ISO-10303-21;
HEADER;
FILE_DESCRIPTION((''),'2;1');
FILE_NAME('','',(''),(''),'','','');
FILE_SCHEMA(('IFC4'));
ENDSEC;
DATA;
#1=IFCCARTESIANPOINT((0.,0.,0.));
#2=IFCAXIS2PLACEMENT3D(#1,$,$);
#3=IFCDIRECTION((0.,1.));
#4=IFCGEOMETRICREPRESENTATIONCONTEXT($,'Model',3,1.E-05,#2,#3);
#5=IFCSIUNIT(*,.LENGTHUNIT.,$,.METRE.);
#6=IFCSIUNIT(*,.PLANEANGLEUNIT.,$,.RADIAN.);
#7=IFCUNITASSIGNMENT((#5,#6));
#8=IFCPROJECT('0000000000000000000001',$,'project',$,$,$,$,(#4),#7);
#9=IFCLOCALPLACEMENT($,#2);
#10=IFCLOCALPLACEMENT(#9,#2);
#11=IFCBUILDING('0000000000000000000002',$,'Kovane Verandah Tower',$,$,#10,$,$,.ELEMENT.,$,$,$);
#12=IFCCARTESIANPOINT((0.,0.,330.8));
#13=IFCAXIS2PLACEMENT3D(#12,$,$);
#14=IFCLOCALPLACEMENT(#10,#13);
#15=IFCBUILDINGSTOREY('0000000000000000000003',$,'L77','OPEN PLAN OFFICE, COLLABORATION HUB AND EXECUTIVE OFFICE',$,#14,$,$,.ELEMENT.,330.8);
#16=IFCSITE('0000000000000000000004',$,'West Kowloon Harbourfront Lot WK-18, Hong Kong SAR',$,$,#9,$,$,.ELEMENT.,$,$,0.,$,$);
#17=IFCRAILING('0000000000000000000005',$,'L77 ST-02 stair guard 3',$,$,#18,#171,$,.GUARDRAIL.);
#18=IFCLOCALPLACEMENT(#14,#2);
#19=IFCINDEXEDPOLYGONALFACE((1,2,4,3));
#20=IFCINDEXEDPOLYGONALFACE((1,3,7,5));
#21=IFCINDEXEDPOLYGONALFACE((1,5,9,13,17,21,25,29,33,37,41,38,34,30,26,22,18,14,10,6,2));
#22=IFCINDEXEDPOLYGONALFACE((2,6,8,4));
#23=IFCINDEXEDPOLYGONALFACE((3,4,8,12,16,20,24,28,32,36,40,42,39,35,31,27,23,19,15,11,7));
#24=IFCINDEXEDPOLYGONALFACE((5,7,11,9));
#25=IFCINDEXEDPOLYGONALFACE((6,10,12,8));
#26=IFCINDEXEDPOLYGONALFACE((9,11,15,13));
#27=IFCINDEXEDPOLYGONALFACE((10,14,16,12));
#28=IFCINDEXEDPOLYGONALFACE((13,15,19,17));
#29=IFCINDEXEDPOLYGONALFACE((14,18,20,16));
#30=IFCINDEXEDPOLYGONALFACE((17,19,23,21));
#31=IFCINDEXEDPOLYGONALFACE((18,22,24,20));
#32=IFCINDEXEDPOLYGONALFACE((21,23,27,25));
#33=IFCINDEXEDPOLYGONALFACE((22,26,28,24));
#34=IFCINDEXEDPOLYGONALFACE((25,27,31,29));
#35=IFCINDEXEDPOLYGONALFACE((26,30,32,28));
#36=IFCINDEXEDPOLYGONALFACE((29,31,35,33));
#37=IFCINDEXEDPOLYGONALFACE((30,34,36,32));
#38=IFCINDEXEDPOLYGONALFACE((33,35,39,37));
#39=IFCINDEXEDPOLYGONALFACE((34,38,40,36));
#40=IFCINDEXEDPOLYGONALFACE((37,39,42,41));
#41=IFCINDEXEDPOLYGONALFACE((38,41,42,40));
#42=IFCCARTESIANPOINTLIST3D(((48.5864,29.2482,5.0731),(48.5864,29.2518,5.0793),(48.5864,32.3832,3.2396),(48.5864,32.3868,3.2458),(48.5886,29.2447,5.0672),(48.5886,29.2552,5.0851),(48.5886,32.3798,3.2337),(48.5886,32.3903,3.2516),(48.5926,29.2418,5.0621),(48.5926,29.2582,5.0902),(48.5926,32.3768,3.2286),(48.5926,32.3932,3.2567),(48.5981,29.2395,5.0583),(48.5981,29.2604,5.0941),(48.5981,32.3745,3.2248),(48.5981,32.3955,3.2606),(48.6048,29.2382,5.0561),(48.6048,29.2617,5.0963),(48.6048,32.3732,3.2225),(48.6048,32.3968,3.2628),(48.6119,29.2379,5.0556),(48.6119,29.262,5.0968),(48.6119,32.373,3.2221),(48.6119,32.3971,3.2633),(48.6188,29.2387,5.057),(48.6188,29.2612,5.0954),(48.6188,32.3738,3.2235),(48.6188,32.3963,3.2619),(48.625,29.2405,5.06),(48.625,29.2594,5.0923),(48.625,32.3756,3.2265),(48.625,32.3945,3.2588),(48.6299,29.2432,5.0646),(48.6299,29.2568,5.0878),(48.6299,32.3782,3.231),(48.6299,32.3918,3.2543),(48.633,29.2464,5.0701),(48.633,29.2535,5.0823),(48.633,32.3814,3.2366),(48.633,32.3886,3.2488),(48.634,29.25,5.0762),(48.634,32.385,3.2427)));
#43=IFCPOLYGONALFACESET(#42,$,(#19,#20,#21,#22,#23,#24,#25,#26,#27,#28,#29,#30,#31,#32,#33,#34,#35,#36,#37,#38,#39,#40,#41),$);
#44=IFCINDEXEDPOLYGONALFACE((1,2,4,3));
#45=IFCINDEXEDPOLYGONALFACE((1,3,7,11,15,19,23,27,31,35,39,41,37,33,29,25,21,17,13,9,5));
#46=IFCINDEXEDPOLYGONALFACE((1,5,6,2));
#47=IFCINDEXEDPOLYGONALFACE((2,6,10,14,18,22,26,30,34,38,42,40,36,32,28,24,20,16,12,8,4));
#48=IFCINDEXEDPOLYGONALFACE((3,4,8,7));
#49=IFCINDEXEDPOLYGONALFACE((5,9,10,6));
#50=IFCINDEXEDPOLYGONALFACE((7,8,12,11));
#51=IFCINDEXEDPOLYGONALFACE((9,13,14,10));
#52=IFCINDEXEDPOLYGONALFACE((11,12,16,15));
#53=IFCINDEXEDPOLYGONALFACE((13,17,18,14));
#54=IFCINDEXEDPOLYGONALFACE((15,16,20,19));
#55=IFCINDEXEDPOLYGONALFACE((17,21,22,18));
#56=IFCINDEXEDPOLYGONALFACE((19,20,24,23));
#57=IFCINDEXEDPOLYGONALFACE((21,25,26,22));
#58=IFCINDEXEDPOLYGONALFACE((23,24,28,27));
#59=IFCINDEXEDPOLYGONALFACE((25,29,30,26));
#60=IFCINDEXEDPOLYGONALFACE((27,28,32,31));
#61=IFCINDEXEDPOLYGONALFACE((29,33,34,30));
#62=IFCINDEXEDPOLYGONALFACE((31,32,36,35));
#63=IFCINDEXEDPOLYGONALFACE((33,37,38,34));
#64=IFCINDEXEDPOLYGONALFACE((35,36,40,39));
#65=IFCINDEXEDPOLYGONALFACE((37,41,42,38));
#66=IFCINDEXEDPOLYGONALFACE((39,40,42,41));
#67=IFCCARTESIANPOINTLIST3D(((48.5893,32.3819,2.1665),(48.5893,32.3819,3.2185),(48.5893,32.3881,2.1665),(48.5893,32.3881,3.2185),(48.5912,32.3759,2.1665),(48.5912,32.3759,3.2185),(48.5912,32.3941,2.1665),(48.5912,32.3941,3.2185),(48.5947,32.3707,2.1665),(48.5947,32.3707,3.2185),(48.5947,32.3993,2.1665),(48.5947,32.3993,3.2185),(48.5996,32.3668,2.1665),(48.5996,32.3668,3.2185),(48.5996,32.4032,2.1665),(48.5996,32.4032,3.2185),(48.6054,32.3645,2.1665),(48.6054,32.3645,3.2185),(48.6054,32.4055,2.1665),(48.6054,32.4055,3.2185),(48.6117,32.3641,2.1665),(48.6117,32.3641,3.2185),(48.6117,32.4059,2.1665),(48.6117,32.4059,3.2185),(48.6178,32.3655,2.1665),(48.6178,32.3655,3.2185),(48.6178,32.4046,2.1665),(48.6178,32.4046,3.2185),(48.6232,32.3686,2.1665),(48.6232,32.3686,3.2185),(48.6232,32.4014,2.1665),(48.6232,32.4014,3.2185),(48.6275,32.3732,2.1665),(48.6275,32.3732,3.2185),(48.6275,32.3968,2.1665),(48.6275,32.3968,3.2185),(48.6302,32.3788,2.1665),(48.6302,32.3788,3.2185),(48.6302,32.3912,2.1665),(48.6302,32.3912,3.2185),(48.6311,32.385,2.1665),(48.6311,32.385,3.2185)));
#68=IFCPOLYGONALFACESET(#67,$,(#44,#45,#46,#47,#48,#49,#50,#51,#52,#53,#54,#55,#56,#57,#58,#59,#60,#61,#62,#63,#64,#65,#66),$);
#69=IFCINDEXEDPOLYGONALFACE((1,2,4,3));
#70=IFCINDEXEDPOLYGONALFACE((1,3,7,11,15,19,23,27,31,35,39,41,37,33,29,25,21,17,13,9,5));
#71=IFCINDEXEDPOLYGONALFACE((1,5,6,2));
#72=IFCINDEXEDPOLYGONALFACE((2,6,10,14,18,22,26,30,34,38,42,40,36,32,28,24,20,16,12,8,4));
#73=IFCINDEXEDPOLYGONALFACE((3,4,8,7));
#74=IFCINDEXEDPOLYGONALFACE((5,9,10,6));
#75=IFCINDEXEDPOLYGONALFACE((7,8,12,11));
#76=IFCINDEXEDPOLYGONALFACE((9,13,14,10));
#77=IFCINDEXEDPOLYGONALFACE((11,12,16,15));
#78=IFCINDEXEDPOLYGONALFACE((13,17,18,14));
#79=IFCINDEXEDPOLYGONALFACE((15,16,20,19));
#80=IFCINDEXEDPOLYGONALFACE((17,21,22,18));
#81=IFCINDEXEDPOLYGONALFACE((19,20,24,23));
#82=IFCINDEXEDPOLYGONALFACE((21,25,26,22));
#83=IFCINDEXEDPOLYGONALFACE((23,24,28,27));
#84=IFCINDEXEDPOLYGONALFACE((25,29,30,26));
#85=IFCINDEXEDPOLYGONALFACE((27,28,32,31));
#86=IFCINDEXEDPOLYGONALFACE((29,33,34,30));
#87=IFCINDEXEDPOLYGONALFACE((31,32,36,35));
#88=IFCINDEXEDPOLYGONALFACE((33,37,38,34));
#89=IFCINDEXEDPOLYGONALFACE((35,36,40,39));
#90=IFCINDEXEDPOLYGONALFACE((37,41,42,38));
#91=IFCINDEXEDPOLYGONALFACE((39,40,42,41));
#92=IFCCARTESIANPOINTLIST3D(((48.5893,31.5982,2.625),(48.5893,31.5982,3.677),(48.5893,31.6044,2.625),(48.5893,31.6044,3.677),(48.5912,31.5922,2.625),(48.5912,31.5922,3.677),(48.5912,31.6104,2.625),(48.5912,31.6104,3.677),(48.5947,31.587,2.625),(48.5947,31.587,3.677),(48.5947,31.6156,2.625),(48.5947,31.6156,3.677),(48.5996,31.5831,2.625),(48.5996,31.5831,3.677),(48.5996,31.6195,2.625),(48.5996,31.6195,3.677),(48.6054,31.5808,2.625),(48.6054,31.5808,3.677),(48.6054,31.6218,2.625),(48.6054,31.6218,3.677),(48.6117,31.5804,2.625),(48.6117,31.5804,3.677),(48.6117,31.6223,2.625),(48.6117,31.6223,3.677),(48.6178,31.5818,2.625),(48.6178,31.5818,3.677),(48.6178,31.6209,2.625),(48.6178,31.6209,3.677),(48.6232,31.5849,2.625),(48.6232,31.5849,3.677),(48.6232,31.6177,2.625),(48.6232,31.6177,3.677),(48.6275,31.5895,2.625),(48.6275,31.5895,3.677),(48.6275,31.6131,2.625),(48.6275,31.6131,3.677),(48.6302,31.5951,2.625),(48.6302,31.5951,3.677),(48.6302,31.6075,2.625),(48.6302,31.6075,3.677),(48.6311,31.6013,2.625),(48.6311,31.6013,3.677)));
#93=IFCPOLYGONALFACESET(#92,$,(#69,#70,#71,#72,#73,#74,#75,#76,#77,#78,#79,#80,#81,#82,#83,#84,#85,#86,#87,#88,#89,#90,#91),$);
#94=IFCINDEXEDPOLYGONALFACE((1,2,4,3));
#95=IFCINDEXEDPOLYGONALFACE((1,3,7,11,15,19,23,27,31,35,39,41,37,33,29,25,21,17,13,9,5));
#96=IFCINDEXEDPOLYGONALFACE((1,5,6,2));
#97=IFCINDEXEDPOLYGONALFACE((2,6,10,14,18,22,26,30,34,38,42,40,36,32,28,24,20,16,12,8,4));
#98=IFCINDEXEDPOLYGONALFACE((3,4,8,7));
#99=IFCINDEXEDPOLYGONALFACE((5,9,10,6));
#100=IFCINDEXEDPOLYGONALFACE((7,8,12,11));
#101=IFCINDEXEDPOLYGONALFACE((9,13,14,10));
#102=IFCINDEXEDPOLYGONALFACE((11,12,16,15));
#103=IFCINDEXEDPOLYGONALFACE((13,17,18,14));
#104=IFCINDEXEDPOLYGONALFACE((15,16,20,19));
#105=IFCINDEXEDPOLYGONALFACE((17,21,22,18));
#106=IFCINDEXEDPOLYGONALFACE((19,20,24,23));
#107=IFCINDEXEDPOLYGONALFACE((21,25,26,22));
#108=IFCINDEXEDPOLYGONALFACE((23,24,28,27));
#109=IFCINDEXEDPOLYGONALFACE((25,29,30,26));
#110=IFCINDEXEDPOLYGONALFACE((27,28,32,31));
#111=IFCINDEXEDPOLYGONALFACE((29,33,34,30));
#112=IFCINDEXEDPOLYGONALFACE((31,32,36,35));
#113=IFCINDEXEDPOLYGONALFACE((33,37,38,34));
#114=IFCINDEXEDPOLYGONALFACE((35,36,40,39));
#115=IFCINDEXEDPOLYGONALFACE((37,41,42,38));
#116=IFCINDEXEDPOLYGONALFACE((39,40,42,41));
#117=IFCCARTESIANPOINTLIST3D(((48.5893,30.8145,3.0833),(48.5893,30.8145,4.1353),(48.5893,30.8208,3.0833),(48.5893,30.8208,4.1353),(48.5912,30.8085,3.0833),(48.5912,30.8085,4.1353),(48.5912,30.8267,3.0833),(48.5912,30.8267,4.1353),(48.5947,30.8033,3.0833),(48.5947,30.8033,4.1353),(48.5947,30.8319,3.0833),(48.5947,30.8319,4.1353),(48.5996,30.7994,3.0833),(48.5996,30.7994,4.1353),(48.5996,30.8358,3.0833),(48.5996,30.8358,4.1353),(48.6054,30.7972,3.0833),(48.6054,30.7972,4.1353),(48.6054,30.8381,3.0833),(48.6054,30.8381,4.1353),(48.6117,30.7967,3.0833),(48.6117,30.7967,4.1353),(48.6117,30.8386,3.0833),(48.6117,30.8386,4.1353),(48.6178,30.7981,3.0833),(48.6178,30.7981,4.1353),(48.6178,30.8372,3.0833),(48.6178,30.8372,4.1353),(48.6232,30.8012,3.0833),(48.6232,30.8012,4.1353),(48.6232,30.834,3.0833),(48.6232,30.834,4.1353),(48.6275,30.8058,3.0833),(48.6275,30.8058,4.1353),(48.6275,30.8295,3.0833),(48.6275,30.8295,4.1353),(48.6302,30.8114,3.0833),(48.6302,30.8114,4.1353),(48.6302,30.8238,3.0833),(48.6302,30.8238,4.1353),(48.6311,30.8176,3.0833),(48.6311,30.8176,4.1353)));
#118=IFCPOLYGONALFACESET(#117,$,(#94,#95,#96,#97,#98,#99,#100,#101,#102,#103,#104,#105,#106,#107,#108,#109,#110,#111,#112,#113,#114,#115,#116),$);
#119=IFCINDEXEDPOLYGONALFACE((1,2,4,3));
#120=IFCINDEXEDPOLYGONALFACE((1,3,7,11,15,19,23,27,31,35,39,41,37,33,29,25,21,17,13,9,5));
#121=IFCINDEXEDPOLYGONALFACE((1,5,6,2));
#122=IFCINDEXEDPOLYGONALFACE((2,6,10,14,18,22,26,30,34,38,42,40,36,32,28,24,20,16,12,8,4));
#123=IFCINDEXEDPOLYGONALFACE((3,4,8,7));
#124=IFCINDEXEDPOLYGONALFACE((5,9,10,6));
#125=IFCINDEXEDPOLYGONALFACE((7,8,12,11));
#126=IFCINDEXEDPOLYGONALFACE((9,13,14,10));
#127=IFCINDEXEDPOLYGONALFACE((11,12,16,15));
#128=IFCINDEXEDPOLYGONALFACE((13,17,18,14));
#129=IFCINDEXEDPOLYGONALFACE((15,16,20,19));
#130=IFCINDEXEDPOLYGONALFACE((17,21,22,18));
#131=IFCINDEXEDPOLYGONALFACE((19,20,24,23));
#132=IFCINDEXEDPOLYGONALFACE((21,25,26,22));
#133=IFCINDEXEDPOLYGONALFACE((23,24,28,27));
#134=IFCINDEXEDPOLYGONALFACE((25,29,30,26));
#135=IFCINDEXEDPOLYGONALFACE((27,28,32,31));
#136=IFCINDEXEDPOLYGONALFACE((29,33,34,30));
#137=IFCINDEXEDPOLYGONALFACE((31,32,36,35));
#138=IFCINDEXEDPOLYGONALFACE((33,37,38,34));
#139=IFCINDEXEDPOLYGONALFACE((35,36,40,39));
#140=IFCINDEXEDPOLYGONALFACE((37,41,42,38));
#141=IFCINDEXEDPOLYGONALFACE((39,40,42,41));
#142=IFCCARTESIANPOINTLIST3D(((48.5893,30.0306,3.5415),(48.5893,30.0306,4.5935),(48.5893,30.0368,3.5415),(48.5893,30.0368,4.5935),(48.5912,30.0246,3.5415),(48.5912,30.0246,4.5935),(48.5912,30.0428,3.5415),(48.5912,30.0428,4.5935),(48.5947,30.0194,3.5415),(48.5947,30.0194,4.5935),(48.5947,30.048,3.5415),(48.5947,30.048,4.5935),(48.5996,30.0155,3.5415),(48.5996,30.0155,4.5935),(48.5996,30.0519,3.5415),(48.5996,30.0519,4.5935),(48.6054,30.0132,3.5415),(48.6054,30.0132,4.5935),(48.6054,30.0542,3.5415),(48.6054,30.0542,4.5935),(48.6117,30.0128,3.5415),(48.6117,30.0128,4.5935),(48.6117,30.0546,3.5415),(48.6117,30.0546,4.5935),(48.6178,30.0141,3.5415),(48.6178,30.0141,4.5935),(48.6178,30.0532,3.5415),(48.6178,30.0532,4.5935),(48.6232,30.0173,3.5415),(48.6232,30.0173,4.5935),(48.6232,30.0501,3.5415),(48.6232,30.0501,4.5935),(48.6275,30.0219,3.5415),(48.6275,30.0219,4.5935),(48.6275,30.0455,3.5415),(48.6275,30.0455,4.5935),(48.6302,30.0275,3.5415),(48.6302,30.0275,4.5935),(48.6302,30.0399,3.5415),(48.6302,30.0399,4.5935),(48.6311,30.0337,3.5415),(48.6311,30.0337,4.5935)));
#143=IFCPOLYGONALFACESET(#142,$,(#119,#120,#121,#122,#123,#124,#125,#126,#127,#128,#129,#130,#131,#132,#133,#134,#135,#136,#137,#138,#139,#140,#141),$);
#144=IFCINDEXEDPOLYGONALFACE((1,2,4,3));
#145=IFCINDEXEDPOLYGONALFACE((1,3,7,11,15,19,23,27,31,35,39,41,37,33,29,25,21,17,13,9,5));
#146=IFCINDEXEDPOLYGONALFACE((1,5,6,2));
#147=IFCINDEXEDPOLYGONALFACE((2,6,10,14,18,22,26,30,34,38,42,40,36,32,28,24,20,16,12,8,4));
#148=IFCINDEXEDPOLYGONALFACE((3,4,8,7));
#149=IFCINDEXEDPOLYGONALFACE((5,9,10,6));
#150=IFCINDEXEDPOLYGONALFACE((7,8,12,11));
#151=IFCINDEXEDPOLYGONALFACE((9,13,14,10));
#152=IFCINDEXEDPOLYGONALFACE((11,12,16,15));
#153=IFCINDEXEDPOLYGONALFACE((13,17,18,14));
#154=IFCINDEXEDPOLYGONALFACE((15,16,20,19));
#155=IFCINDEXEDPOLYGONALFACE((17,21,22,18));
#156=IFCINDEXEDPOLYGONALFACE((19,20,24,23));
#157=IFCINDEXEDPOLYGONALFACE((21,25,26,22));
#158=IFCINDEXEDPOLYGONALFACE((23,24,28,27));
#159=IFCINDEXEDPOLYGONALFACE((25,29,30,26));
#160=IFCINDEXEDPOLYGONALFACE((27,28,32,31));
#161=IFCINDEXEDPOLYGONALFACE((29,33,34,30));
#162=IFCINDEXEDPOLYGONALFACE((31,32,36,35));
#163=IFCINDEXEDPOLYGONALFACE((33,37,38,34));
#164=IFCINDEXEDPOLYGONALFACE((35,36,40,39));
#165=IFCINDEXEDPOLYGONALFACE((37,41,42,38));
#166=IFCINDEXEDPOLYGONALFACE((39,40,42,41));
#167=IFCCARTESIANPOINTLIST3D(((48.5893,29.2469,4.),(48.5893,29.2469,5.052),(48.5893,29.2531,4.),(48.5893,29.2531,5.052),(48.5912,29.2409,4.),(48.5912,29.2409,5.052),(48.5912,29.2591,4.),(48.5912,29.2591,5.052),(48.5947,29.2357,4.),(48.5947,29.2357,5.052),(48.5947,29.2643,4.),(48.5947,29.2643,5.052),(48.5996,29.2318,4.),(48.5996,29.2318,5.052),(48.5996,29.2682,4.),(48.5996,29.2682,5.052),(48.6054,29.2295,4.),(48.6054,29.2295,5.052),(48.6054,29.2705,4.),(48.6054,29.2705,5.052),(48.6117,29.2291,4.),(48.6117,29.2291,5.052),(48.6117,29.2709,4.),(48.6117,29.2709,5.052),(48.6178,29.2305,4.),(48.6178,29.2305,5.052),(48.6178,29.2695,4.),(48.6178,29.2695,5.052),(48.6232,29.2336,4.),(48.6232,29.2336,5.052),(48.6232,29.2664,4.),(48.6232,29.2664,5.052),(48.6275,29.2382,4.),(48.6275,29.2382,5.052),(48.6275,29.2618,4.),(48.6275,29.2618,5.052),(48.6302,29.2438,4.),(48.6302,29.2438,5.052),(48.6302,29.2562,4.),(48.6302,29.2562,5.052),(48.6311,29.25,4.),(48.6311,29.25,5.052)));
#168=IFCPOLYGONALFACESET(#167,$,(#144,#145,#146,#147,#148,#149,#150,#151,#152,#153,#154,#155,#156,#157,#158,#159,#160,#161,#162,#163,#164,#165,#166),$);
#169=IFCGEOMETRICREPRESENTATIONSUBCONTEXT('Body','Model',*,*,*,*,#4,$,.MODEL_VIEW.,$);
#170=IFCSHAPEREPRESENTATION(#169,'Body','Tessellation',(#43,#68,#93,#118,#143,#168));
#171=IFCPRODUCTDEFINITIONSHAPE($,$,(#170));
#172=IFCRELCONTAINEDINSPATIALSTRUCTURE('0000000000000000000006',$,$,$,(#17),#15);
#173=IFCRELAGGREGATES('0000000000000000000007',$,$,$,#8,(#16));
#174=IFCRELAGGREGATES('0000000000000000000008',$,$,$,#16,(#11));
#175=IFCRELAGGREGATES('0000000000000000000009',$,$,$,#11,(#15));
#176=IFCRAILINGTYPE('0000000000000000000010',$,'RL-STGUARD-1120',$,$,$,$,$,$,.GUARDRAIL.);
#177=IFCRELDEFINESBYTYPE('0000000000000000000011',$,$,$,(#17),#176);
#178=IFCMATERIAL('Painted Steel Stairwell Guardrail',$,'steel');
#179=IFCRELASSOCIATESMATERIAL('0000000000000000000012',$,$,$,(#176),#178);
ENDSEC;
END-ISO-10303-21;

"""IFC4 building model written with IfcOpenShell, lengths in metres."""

from ifc_helpers import new_model, si_unit, direction, frame, origin, origin_2d, place, context, subcontext, project, spatial, circle, extrude, material, type_object, element, save


model = new_model("IFC4")

# Units and contexts
model_context = context("Model", 3, precision=1e-05, world=origin(), true_north=direction((0.0, 1.0)))
body_context = subcontext(model_context, "Body", "Model", "MODEL_VIEW")
ifc_project = project(units=[si_unit("LENGTHUNIT", "METRE"), si_unit("PLANEANGLEUNIT", "RADIAN")], contexts=[model_context])

# Site, building, storey
site_placement = place(None, origin())
site = spatial("IfcSite", under=ifc_project, at=site_placement, Name="West Kowloon Harbourfront Lot WK-18, Hong Kong SAR", CompositionType="ELEMENT", RefElevation=0.0)
building_placement = place(site_placement, origin())
building = spatial("IfcBuilding", under=site, at=building_placement, Name="Kovane Verandah Tower", CompositionType="ELEMENT")
storey_placement = place(building_placement, frame((0.0, 0.0, 330.8)))
storey = spatial("IfcBuildingStorey", under=building, at=storey_placement, Name="L77", Description="OPEN PLAN OFFICE, COLLABORATION HUB AND EXECUTIVE OFFICE", CompositionType="ELEMENT", Elevation=330.8)

# Railing
ifc_material_1 = material(Name="Painted Steel Stairwell Guardrail", Category="steel")
railing_type_1 = type_object("IfcRailingType", Name="RL-STGUARD-1120", PredefinedType="GUARDRAIL", material=ifc_material_1)
for number, where, name in (
    (1, (48.6101, 32.385, 2.1665), "L77 ST-02 stair guard 3"),
):
    element("IfcRailing", number, at=place(storey_placement, frame(where)), inside=storey, type_object=railing_type_1, Name=name, PredefinedType="GUARDRAIL", context=body_context, shape_type="SweptSolid", body=[
        extrude(circle(Radius=0.0239, at=origin_2d()), frame((0.0, 0.0, 1.0762), z_axis=(0.0, -0.86321, 0.504845), x_axis=(1.0, 0.0, 0.0)), (0.0, 0.0, 1.0), 3.6318),
        extrude(circle(Radius=0.021, at=origin_2d()), origin(), (0.0, 0.0, 1.0), 1.052),
        extrude(circle(Radius=0.021, at=origin_2d()), frame((0.0, -0.7837, 0.4585)), (0.0, 0.0, 1.0), 1.052),
        extrude(circle(Radius=0.021, at=origin_2d()), frame((0.0, -1.5674, 0.9167)), (0.0, 0.0, 1.0), 1.052),
        extrude(circle(Radius=0.021, at=origin_2d()), frame((0.0, -2.3513, 1.375)), (0.0, 0.0, 1.0), 1.052),
        extrude(circle(Radius=0.021, at=origin_2d()), frame((0.0, -3.135, 1.8335)), (0.0, 0.0, 1.0), 1.052),
    ])

save(model, "model.ifc")
